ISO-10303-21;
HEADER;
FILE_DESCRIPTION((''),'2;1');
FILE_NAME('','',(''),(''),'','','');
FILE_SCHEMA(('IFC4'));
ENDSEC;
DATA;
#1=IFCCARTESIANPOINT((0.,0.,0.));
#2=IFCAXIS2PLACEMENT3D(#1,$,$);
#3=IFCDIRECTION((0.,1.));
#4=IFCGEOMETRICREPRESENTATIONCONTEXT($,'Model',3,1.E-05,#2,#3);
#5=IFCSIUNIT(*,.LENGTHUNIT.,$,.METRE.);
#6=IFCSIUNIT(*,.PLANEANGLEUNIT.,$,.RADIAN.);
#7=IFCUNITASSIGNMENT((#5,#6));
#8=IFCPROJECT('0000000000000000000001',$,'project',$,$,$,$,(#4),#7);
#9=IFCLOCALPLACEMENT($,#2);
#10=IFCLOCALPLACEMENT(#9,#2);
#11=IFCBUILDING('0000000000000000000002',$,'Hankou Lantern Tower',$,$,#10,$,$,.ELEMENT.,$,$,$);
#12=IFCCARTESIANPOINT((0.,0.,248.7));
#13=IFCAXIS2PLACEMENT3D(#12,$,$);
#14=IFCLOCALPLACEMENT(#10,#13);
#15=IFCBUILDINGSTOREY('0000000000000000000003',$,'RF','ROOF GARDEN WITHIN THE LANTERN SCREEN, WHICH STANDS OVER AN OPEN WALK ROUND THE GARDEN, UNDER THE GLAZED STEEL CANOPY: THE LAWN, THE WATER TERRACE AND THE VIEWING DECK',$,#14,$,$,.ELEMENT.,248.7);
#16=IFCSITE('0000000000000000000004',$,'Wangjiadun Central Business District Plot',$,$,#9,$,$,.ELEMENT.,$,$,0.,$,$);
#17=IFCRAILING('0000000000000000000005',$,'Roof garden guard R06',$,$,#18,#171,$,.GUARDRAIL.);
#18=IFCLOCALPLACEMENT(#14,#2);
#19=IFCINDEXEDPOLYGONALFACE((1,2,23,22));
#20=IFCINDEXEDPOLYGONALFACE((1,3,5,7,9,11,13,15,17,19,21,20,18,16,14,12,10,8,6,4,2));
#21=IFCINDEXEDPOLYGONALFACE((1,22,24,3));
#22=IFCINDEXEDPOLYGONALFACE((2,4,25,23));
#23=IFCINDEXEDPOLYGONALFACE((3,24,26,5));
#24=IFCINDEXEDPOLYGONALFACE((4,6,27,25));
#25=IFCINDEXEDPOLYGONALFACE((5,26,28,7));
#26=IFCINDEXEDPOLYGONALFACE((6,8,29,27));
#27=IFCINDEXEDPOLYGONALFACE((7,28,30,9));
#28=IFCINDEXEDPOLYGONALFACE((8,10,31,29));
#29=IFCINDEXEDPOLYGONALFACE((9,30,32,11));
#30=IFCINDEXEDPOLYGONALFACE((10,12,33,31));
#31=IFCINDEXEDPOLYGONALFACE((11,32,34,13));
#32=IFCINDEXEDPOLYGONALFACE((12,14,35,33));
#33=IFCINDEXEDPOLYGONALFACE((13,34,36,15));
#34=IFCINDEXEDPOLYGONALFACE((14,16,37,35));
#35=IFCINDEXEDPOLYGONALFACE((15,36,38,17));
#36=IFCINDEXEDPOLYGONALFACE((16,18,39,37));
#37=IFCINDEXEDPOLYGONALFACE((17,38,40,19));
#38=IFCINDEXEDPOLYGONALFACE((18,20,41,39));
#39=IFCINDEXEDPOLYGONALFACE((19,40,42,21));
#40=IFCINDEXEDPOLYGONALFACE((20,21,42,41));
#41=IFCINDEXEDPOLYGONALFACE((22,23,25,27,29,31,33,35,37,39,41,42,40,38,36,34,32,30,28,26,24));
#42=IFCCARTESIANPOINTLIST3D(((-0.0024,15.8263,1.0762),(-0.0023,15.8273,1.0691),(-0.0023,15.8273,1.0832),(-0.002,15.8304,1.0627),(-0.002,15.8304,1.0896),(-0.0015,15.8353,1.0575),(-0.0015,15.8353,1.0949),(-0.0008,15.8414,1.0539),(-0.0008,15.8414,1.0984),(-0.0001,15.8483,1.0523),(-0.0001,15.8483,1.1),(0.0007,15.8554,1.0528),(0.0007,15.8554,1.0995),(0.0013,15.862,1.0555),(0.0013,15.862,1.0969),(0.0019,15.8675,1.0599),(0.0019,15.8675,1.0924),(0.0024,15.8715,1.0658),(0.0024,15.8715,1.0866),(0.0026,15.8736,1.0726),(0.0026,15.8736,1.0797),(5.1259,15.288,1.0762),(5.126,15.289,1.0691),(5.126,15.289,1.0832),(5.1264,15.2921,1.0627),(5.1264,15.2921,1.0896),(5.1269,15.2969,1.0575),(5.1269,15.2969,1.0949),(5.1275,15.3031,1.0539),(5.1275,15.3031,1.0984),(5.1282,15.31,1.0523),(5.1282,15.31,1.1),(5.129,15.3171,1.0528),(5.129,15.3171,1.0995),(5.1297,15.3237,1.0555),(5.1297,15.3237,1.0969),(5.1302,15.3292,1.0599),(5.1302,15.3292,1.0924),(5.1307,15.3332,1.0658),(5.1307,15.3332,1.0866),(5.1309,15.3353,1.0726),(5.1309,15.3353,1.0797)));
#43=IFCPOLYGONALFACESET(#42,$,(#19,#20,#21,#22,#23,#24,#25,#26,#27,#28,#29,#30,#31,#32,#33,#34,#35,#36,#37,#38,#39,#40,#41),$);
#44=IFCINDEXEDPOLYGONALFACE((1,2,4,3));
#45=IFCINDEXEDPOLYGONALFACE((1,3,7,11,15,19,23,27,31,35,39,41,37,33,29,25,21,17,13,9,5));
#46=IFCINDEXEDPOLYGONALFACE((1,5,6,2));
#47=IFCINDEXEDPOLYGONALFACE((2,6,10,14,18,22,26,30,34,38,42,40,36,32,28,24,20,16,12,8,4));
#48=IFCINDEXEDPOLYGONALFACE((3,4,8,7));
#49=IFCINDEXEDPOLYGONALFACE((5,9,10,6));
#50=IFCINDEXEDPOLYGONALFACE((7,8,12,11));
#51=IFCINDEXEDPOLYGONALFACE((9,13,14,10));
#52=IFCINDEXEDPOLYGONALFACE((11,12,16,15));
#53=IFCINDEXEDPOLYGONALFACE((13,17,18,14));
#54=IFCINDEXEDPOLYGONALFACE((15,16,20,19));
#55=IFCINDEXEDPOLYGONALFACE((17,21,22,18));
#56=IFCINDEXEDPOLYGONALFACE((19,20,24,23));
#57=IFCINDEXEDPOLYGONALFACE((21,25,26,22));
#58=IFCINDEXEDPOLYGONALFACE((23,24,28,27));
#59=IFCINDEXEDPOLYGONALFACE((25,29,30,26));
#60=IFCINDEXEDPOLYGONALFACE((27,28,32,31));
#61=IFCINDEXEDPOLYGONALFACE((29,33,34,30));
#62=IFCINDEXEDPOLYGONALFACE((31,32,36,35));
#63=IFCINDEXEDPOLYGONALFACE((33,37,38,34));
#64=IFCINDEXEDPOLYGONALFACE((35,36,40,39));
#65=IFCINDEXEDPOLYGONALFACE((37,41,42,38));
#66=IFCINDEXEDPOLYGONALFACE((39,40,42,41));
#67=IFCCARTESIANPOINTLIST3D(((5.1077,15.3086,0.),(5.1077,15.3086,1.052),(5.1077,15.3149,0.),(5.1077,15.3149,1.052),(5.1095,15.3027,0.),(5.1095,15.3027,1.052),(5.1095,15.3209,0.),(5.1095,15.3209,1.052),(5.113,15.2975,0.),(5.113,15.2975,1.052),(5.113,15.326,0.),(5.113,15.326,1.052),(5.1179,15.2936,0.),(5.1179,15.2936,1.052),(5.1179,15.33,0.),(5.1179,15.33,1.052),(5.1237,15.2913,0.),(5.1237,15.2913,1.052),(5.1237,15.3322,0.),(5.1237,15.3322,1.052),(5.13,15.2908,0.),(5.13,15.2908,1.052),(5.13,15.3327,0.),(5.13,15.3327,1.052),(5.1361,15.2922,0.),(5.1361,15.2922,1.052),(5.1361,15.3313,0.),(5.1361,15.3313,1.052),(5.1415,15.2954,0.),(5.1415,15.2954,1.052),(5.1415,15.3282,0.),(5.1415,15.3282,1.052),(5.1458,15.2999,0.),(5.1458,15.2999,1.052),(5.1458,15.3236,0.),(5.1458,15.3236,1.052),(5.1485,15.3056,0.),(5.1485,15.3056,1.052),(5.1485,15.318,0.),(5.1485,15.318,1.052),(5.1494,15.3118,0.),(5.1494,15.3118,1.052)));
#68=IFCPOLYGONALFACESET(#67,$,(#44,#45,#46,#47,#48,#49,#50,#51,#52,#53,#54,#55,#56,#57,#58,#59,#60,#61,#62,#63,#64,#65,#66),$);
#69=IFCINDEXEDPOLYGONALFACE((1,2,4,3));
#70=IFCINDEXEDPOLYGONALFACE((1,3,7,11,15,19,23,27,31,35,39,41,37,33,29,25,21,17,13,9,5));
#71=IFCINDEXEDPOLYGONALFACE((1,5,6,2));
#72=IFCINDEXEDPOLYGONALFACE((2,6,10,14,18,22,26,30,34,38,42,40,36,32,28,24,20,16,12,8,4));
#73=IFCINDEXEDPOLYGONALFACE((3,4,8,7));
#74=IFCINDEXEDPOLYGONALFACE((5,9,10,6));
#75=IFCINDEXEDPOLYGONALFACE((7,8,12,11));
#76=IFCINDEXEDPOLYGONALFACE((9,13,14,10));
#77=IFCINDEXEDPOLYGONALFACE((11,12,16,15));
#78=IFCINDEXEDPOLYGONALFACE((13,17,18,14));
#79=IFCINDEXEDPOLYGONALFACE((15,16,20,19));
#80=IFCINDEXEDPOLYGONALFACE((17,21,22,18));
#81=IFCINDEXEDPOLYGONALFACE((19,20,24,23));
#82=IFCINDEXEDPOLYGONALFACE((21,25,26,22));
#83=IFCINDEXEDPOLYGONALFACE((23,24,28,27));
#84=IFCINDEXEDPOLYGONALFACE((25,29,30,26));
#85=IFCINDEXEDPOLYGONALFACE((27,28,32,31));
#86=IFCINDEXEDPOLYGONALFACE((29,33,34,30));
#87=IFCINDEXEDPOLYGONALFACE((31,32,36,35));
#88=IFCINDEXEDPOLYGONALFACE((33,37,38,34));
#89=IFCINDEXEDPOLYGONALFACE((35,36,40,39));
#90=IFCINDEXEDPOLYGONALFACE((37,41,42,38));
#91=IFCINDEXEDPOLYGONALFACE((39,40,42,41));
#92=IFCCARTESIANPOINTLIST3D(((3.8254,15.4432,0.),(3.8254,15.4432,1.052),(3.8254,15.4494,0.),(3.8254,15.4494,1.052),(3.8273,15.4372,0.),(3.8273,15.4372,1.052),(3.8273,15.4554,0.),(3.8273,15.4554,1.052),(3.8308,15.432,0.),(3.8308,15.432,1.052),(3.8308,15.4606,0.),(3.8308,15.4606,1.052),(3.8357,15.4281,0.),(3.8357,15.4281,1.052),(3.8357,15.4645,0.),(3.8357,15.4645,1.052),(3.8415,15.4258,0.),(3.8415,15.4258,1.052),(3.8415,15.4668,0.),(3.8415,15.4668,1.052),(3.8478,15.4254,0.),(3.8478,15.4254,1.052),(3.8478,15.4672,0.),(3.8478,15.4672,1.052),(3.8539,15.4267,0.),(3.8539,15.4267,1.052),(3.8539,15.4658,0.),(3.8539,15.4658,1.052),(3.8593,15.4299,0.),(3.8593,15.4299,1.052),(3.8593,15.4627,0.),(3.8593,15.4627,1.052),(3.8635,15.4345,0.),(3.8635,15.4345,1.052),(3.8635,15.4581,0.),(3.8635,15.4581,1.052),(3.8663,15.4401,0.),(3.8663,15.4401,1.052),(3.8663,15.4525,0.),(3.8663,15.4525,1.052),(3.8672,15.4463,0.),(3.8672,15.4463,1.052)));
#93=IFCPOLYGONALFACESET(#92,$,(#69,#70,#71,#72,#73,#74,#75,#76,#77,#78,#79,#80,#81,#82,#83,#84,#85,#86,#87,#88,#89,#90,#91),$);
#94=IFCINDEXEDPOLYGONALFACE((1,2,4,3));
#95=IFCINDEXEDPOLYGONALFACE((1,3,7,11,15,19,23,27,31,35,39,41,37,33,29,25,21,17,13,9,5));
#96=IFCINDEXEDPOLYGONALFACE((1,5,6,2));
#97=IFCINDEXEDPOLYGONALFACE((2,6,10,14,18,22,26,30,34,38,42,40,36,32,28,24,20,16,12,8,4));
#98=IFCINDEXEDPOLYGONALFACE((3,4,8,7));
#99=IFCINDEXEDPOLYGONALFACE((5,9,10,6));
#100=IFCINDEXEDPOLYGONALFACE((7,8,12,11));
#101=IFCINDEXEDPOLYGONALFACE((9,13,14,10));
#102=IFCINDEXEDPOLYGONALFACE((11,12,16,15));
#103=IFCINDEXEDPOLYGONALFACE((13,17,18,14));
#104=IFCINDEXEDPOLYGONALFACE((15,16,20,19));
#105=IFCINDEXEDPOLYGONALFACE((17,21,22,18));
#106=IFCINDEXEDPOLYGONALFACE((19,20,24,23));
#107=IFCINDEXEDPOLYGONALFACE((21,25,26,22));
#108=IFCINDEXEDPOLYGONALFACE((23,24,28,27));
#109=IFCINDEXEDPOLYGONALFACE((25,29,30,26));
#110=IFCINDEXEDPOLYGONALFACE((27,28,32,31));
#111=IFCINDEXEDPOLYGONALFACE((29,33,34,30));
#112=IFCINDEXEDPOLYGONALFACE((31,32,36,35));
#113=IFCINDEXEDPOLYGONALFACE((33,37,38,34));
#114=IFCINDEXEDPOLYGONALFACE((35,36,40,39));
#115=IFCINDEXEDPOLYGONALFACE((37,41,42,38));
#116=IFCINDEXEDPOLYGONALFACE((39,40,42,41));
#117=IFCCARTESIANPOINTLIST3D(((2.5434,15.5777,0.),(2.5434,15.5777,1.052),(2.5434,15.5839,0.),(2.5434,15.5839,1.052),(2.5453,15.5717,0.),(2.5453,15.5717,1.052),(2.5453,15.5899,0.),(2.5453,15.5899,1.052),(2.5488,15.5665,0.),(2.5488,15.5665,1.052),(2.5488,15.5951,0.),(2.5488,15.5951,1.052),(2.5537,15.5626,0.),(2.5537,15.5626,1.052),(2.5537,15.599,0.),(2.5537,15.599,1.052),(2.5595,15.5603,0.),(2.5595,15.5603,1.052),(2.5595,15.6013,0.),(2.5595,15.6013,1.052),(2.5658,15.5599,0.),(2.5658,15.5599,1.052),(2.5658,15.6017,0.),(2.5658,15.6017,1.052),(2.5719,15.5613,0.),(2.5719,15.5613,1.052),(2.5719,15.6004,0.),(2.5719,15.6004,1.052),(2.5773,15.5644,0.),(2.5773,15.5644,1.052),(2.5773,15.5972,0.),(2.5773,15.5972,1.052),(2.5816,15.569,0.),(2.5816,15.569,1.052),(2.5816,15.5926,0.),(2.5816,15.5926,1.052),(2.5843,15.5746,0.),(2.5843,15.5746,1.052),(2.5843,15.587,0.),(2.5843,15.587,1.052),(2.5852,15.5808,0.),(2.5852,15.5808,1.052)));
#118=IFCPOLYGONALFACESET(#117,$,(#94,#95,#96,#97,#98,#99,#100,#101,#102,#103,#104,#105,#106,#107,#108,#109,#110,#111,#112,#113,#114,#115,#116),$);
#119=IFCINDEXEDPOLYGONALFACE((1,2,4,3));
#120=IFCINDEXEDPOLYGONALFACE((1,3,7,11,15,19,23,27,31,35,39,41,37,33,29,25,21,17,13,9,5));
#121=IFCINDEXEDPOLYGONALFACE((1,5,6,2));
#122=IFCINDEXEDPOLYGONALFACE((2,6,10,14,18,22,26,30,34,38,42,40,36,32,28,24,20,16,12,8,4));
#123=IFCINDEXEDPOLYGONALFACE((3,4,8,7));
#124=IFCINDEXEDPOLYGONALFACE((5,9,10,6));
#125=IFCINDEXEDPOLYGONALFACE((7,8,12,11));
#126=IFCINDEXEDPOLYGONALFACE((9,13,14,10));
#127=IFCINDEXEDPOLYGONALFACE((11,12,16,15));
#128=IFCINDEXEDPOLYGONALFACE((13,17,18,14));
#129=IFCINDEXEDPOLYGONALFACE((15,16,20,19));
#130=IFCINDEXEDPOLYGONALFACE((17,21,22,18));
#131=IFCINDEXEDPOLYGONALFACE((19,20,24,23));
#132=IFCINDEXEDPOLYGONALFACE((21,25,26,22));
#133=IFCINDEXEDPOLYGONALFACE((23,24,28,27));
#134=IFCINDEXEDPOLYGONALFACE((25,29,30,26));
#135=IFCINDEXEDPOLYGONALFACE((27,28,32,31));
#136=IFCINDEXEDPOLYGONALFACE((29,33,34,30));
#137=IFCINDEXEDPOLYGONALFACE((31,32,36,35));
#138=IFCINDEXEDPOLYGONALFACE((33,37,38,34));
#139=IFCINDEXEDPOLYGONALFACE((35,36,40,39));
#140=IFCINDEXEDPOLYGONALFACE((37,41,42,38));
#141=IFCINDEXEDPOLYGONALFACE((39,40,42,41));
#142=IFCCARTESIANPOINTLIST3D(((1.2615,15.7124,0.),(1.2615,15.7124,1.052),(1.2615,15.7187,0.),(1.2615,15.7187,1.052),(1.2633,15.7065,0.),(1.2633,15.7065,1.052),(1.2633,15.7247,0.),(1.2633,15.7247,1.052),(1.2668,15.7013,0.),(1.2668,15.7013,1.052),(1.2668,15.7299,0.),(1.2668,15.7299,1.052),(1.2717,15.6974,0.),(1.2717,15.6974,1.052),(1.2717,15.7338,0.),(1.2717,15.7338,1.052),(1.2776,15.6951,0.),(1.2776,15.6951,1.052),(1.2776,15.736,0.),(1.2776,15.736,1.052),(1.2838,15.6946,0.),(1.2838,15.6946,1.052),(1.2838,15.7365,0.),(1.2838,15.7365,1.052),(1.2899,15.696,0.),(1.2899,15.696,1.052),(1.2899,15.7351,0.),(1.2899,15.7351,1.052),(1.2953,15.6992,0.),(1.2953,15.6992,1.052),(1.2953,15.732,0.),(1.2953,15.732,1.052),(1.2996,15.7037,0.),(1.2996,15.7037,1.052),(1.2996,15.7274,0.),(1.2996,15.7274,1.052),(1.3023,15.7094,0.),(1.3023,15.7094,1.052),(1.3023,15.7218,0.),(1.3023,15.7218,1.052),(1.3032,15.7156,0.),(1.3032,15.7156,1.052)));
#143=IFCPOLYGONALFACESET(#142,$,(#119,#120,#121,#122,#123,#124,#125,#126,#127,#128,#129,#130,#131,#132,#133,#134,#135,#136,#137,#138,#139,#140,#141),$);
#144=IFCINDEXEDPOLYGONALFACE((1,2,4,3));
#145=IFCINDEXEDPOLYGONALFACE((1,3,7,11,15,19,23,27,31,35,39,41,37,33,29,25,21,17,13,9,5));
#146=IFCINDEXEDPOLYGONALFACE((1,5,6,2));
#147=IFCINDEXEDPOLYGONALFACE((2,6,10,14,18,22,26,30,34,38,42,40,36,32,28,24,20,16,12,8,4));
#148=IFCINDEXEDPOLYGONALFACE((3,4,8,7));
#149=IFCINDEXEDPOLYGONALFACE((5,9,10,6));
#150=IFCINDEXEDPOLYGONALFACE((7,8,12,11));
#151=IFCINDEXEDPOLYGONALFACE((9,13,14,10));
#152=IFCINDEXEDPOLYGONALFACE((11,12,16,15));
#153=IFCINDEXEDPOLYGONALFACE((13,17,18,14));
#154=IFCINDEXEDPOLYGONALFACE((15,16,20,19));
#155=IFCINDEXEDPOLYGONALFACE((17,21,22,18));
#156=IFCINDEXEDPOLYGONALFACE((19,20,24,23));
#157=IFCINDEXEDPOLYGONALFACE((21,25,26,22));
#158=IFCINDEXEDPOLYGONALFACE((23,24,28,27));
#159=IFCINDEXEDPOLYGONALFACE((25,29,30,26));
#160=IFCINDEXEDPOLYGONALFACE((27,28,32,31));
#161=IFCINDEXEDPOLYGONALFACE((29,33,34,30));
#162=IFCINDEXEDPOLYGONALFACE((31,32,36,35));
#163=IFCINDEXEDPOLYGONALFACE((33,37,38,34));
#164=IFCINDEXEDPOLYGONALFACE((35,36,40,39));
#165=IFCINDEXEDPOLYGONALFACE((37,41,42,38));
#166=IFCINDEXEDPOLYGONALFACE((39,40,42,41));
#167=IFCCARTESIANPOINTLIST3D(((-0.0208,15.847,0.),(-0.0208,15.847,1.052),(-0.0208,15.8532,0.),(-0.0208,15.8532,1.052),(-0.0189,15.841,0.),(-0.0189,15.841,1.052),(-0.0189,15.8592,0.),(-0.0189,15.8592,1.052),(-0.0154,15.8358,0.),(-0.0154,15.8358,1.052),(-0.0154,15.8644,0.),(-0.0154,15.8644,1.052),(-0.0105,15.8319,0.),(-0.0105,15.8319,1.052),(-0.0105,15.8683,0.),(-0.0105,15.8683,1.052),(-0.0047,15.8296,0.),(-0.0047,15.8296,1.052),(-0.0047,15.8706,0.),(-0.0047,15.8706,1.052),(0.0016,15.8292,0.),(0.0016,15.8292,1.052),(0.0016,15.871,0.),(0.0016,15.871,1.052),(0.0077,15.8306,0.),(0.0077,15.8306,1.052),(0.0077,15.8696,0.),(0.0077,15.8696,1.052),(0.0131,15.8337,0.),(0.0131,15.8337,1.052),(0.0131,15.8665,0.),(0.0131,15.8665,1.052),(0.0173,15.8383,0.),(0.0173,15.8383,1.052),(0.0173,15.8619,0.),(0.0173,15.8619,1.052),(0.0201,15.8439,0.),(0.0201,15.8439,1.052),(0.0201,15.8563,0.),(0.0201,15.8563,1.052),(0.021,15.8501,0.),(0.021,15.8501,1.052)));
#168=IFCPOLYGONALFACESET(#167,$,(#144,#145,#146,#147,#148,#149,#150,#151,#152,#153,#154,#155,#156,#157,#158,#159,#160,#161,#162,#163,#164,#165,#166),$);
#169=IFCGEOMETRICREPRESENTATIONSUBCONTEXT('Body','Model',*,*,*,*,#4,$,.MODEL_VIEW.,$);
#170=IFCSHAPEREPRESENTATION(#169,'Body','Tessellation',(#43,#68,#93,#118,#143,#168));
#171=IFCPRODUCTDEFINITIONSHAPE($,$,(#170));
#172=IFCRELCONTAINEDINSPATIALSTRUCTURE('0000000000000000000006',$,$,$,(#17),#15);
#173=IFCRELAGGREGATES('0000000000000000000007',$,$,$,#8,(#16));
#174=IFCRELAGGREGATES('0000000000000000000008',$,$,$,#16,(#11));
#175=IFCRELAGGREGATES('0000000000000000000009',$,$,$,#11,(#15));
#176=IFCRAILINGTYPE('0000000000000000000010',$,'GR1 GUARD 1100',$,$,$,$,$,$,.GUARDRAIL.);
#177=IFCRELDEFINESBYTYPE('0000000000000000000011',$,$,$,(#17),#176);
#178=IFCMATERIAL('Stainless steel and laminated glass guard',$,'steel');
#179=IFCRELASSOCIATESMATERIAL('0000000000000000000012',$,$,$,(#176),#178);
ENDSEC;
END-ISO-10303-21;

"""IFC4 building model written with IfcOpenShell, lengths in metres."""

from ifc_helpers import new_model, si_unit, direction, frame, origin, origin_2d, place, context, subcontext, project, spatial, circle, extrude, material, type_object, element, save


model = new_model("IFC4")

# Units and contexts
model_context = context("Model", 3, precision=1e-05, world=origin(), true_north=direction((0.0, 1.0)))
body_context = subcontext(model_context, "Body", "Model", "MODEL_VIEW")
ifc_project = project(units=[si_unit("LENGTHUNIT", "METRE"), si_unit("PLANEANGLEUNIT", "RADIAN")], contexts=[model_context])

# Site, building, storey
site_placement = place(None, origin())
site = spatial("IfcSite", under=ifc_project, at=site_placement, Name="Wangjiadun Central Business District Plot", CompositionType="ELEMENT", RefElevation=0.0)
building_placement = place(site_placement, origin())
building = spatial("IfcBuilding", under=site, at=building_placement, Name="Hankou Lantern Tower", CompositionType="ELEMENT")
storey_placement = place(building_placement, frame((0.0, 0.0, 248.7)))
storey = spatial("IfcBuildingStorey", under=building, at=storey_placement, Name="RF", Description="ROOF GARDEN WITHIN THE LANTERN SCREEN, WHICH STANDS OVER AN OPEN WALK ROUND THE GARDEN, UNDER THE GLAZED STEEL CANOPY: THE LAWN, THE WATER TERRACE AND THE VIEWING DECK", CompositionType="ELEMENT", Elevation=248.7)

# Railing
ifc_material_1 = material(Name="Stainless steel and laminated glass guard", Category="steel")
railing_type = type_object("IfcRailingType", Name="GR1 GUARD 1100", PredefinedType="GUARDRAIL", material=ifc_material_1)
railing_1_placement = place(storey_placement, frame((5.1284, 15.3118, 0.0)))
element("IfcRailing", 1, at=railing_1_placement, inside=storey, type_object=railing_type, Name="Roof garden guard R06", PredefinedType="GUARDRAIL", context=body_context, shape_type="SweptSolid", body=[
    extrude(circle(Radius=0.0239, at=origin_2d()), frame((0.0, 0.0, 1.0762), z_axis=(-0.994536, 0.104396, 0.0), x_axis=(-0.104396, -0.994536, 0.0)), (0.0, 0.0, 1.0), 5.1565),
    extrude(circle(Radius=0.021, at=origin_2d()), origin(), (0.0, 0.0, 1.0), 1.052),
    extrude(circle(Radius=0.021, at=origin_2d()), frame((-1.2822, 0.1345, 0.0)), (0.0, 0.0, 1.0), 1.052),
    extrude(circle(Radius=0.021, at=origin_2d()), frame((-2.5642, 0.269, 0.0)), (0.0, 0.0, 1.0), 1.052),
    extrude(circle(Radius=0.021, at=origin_2d()), frame((-3.8462, 0.4038, 0.0)), (0.0, 0.0, 1.0), 1.052),
    extrude(circle(Radius=0.021, at=origin_2d()), frame((-5.1284, 0.5383, 0.0)), (0.0, 0.0, 1.0), 1.052),
])

save(model, "model.ifc")
